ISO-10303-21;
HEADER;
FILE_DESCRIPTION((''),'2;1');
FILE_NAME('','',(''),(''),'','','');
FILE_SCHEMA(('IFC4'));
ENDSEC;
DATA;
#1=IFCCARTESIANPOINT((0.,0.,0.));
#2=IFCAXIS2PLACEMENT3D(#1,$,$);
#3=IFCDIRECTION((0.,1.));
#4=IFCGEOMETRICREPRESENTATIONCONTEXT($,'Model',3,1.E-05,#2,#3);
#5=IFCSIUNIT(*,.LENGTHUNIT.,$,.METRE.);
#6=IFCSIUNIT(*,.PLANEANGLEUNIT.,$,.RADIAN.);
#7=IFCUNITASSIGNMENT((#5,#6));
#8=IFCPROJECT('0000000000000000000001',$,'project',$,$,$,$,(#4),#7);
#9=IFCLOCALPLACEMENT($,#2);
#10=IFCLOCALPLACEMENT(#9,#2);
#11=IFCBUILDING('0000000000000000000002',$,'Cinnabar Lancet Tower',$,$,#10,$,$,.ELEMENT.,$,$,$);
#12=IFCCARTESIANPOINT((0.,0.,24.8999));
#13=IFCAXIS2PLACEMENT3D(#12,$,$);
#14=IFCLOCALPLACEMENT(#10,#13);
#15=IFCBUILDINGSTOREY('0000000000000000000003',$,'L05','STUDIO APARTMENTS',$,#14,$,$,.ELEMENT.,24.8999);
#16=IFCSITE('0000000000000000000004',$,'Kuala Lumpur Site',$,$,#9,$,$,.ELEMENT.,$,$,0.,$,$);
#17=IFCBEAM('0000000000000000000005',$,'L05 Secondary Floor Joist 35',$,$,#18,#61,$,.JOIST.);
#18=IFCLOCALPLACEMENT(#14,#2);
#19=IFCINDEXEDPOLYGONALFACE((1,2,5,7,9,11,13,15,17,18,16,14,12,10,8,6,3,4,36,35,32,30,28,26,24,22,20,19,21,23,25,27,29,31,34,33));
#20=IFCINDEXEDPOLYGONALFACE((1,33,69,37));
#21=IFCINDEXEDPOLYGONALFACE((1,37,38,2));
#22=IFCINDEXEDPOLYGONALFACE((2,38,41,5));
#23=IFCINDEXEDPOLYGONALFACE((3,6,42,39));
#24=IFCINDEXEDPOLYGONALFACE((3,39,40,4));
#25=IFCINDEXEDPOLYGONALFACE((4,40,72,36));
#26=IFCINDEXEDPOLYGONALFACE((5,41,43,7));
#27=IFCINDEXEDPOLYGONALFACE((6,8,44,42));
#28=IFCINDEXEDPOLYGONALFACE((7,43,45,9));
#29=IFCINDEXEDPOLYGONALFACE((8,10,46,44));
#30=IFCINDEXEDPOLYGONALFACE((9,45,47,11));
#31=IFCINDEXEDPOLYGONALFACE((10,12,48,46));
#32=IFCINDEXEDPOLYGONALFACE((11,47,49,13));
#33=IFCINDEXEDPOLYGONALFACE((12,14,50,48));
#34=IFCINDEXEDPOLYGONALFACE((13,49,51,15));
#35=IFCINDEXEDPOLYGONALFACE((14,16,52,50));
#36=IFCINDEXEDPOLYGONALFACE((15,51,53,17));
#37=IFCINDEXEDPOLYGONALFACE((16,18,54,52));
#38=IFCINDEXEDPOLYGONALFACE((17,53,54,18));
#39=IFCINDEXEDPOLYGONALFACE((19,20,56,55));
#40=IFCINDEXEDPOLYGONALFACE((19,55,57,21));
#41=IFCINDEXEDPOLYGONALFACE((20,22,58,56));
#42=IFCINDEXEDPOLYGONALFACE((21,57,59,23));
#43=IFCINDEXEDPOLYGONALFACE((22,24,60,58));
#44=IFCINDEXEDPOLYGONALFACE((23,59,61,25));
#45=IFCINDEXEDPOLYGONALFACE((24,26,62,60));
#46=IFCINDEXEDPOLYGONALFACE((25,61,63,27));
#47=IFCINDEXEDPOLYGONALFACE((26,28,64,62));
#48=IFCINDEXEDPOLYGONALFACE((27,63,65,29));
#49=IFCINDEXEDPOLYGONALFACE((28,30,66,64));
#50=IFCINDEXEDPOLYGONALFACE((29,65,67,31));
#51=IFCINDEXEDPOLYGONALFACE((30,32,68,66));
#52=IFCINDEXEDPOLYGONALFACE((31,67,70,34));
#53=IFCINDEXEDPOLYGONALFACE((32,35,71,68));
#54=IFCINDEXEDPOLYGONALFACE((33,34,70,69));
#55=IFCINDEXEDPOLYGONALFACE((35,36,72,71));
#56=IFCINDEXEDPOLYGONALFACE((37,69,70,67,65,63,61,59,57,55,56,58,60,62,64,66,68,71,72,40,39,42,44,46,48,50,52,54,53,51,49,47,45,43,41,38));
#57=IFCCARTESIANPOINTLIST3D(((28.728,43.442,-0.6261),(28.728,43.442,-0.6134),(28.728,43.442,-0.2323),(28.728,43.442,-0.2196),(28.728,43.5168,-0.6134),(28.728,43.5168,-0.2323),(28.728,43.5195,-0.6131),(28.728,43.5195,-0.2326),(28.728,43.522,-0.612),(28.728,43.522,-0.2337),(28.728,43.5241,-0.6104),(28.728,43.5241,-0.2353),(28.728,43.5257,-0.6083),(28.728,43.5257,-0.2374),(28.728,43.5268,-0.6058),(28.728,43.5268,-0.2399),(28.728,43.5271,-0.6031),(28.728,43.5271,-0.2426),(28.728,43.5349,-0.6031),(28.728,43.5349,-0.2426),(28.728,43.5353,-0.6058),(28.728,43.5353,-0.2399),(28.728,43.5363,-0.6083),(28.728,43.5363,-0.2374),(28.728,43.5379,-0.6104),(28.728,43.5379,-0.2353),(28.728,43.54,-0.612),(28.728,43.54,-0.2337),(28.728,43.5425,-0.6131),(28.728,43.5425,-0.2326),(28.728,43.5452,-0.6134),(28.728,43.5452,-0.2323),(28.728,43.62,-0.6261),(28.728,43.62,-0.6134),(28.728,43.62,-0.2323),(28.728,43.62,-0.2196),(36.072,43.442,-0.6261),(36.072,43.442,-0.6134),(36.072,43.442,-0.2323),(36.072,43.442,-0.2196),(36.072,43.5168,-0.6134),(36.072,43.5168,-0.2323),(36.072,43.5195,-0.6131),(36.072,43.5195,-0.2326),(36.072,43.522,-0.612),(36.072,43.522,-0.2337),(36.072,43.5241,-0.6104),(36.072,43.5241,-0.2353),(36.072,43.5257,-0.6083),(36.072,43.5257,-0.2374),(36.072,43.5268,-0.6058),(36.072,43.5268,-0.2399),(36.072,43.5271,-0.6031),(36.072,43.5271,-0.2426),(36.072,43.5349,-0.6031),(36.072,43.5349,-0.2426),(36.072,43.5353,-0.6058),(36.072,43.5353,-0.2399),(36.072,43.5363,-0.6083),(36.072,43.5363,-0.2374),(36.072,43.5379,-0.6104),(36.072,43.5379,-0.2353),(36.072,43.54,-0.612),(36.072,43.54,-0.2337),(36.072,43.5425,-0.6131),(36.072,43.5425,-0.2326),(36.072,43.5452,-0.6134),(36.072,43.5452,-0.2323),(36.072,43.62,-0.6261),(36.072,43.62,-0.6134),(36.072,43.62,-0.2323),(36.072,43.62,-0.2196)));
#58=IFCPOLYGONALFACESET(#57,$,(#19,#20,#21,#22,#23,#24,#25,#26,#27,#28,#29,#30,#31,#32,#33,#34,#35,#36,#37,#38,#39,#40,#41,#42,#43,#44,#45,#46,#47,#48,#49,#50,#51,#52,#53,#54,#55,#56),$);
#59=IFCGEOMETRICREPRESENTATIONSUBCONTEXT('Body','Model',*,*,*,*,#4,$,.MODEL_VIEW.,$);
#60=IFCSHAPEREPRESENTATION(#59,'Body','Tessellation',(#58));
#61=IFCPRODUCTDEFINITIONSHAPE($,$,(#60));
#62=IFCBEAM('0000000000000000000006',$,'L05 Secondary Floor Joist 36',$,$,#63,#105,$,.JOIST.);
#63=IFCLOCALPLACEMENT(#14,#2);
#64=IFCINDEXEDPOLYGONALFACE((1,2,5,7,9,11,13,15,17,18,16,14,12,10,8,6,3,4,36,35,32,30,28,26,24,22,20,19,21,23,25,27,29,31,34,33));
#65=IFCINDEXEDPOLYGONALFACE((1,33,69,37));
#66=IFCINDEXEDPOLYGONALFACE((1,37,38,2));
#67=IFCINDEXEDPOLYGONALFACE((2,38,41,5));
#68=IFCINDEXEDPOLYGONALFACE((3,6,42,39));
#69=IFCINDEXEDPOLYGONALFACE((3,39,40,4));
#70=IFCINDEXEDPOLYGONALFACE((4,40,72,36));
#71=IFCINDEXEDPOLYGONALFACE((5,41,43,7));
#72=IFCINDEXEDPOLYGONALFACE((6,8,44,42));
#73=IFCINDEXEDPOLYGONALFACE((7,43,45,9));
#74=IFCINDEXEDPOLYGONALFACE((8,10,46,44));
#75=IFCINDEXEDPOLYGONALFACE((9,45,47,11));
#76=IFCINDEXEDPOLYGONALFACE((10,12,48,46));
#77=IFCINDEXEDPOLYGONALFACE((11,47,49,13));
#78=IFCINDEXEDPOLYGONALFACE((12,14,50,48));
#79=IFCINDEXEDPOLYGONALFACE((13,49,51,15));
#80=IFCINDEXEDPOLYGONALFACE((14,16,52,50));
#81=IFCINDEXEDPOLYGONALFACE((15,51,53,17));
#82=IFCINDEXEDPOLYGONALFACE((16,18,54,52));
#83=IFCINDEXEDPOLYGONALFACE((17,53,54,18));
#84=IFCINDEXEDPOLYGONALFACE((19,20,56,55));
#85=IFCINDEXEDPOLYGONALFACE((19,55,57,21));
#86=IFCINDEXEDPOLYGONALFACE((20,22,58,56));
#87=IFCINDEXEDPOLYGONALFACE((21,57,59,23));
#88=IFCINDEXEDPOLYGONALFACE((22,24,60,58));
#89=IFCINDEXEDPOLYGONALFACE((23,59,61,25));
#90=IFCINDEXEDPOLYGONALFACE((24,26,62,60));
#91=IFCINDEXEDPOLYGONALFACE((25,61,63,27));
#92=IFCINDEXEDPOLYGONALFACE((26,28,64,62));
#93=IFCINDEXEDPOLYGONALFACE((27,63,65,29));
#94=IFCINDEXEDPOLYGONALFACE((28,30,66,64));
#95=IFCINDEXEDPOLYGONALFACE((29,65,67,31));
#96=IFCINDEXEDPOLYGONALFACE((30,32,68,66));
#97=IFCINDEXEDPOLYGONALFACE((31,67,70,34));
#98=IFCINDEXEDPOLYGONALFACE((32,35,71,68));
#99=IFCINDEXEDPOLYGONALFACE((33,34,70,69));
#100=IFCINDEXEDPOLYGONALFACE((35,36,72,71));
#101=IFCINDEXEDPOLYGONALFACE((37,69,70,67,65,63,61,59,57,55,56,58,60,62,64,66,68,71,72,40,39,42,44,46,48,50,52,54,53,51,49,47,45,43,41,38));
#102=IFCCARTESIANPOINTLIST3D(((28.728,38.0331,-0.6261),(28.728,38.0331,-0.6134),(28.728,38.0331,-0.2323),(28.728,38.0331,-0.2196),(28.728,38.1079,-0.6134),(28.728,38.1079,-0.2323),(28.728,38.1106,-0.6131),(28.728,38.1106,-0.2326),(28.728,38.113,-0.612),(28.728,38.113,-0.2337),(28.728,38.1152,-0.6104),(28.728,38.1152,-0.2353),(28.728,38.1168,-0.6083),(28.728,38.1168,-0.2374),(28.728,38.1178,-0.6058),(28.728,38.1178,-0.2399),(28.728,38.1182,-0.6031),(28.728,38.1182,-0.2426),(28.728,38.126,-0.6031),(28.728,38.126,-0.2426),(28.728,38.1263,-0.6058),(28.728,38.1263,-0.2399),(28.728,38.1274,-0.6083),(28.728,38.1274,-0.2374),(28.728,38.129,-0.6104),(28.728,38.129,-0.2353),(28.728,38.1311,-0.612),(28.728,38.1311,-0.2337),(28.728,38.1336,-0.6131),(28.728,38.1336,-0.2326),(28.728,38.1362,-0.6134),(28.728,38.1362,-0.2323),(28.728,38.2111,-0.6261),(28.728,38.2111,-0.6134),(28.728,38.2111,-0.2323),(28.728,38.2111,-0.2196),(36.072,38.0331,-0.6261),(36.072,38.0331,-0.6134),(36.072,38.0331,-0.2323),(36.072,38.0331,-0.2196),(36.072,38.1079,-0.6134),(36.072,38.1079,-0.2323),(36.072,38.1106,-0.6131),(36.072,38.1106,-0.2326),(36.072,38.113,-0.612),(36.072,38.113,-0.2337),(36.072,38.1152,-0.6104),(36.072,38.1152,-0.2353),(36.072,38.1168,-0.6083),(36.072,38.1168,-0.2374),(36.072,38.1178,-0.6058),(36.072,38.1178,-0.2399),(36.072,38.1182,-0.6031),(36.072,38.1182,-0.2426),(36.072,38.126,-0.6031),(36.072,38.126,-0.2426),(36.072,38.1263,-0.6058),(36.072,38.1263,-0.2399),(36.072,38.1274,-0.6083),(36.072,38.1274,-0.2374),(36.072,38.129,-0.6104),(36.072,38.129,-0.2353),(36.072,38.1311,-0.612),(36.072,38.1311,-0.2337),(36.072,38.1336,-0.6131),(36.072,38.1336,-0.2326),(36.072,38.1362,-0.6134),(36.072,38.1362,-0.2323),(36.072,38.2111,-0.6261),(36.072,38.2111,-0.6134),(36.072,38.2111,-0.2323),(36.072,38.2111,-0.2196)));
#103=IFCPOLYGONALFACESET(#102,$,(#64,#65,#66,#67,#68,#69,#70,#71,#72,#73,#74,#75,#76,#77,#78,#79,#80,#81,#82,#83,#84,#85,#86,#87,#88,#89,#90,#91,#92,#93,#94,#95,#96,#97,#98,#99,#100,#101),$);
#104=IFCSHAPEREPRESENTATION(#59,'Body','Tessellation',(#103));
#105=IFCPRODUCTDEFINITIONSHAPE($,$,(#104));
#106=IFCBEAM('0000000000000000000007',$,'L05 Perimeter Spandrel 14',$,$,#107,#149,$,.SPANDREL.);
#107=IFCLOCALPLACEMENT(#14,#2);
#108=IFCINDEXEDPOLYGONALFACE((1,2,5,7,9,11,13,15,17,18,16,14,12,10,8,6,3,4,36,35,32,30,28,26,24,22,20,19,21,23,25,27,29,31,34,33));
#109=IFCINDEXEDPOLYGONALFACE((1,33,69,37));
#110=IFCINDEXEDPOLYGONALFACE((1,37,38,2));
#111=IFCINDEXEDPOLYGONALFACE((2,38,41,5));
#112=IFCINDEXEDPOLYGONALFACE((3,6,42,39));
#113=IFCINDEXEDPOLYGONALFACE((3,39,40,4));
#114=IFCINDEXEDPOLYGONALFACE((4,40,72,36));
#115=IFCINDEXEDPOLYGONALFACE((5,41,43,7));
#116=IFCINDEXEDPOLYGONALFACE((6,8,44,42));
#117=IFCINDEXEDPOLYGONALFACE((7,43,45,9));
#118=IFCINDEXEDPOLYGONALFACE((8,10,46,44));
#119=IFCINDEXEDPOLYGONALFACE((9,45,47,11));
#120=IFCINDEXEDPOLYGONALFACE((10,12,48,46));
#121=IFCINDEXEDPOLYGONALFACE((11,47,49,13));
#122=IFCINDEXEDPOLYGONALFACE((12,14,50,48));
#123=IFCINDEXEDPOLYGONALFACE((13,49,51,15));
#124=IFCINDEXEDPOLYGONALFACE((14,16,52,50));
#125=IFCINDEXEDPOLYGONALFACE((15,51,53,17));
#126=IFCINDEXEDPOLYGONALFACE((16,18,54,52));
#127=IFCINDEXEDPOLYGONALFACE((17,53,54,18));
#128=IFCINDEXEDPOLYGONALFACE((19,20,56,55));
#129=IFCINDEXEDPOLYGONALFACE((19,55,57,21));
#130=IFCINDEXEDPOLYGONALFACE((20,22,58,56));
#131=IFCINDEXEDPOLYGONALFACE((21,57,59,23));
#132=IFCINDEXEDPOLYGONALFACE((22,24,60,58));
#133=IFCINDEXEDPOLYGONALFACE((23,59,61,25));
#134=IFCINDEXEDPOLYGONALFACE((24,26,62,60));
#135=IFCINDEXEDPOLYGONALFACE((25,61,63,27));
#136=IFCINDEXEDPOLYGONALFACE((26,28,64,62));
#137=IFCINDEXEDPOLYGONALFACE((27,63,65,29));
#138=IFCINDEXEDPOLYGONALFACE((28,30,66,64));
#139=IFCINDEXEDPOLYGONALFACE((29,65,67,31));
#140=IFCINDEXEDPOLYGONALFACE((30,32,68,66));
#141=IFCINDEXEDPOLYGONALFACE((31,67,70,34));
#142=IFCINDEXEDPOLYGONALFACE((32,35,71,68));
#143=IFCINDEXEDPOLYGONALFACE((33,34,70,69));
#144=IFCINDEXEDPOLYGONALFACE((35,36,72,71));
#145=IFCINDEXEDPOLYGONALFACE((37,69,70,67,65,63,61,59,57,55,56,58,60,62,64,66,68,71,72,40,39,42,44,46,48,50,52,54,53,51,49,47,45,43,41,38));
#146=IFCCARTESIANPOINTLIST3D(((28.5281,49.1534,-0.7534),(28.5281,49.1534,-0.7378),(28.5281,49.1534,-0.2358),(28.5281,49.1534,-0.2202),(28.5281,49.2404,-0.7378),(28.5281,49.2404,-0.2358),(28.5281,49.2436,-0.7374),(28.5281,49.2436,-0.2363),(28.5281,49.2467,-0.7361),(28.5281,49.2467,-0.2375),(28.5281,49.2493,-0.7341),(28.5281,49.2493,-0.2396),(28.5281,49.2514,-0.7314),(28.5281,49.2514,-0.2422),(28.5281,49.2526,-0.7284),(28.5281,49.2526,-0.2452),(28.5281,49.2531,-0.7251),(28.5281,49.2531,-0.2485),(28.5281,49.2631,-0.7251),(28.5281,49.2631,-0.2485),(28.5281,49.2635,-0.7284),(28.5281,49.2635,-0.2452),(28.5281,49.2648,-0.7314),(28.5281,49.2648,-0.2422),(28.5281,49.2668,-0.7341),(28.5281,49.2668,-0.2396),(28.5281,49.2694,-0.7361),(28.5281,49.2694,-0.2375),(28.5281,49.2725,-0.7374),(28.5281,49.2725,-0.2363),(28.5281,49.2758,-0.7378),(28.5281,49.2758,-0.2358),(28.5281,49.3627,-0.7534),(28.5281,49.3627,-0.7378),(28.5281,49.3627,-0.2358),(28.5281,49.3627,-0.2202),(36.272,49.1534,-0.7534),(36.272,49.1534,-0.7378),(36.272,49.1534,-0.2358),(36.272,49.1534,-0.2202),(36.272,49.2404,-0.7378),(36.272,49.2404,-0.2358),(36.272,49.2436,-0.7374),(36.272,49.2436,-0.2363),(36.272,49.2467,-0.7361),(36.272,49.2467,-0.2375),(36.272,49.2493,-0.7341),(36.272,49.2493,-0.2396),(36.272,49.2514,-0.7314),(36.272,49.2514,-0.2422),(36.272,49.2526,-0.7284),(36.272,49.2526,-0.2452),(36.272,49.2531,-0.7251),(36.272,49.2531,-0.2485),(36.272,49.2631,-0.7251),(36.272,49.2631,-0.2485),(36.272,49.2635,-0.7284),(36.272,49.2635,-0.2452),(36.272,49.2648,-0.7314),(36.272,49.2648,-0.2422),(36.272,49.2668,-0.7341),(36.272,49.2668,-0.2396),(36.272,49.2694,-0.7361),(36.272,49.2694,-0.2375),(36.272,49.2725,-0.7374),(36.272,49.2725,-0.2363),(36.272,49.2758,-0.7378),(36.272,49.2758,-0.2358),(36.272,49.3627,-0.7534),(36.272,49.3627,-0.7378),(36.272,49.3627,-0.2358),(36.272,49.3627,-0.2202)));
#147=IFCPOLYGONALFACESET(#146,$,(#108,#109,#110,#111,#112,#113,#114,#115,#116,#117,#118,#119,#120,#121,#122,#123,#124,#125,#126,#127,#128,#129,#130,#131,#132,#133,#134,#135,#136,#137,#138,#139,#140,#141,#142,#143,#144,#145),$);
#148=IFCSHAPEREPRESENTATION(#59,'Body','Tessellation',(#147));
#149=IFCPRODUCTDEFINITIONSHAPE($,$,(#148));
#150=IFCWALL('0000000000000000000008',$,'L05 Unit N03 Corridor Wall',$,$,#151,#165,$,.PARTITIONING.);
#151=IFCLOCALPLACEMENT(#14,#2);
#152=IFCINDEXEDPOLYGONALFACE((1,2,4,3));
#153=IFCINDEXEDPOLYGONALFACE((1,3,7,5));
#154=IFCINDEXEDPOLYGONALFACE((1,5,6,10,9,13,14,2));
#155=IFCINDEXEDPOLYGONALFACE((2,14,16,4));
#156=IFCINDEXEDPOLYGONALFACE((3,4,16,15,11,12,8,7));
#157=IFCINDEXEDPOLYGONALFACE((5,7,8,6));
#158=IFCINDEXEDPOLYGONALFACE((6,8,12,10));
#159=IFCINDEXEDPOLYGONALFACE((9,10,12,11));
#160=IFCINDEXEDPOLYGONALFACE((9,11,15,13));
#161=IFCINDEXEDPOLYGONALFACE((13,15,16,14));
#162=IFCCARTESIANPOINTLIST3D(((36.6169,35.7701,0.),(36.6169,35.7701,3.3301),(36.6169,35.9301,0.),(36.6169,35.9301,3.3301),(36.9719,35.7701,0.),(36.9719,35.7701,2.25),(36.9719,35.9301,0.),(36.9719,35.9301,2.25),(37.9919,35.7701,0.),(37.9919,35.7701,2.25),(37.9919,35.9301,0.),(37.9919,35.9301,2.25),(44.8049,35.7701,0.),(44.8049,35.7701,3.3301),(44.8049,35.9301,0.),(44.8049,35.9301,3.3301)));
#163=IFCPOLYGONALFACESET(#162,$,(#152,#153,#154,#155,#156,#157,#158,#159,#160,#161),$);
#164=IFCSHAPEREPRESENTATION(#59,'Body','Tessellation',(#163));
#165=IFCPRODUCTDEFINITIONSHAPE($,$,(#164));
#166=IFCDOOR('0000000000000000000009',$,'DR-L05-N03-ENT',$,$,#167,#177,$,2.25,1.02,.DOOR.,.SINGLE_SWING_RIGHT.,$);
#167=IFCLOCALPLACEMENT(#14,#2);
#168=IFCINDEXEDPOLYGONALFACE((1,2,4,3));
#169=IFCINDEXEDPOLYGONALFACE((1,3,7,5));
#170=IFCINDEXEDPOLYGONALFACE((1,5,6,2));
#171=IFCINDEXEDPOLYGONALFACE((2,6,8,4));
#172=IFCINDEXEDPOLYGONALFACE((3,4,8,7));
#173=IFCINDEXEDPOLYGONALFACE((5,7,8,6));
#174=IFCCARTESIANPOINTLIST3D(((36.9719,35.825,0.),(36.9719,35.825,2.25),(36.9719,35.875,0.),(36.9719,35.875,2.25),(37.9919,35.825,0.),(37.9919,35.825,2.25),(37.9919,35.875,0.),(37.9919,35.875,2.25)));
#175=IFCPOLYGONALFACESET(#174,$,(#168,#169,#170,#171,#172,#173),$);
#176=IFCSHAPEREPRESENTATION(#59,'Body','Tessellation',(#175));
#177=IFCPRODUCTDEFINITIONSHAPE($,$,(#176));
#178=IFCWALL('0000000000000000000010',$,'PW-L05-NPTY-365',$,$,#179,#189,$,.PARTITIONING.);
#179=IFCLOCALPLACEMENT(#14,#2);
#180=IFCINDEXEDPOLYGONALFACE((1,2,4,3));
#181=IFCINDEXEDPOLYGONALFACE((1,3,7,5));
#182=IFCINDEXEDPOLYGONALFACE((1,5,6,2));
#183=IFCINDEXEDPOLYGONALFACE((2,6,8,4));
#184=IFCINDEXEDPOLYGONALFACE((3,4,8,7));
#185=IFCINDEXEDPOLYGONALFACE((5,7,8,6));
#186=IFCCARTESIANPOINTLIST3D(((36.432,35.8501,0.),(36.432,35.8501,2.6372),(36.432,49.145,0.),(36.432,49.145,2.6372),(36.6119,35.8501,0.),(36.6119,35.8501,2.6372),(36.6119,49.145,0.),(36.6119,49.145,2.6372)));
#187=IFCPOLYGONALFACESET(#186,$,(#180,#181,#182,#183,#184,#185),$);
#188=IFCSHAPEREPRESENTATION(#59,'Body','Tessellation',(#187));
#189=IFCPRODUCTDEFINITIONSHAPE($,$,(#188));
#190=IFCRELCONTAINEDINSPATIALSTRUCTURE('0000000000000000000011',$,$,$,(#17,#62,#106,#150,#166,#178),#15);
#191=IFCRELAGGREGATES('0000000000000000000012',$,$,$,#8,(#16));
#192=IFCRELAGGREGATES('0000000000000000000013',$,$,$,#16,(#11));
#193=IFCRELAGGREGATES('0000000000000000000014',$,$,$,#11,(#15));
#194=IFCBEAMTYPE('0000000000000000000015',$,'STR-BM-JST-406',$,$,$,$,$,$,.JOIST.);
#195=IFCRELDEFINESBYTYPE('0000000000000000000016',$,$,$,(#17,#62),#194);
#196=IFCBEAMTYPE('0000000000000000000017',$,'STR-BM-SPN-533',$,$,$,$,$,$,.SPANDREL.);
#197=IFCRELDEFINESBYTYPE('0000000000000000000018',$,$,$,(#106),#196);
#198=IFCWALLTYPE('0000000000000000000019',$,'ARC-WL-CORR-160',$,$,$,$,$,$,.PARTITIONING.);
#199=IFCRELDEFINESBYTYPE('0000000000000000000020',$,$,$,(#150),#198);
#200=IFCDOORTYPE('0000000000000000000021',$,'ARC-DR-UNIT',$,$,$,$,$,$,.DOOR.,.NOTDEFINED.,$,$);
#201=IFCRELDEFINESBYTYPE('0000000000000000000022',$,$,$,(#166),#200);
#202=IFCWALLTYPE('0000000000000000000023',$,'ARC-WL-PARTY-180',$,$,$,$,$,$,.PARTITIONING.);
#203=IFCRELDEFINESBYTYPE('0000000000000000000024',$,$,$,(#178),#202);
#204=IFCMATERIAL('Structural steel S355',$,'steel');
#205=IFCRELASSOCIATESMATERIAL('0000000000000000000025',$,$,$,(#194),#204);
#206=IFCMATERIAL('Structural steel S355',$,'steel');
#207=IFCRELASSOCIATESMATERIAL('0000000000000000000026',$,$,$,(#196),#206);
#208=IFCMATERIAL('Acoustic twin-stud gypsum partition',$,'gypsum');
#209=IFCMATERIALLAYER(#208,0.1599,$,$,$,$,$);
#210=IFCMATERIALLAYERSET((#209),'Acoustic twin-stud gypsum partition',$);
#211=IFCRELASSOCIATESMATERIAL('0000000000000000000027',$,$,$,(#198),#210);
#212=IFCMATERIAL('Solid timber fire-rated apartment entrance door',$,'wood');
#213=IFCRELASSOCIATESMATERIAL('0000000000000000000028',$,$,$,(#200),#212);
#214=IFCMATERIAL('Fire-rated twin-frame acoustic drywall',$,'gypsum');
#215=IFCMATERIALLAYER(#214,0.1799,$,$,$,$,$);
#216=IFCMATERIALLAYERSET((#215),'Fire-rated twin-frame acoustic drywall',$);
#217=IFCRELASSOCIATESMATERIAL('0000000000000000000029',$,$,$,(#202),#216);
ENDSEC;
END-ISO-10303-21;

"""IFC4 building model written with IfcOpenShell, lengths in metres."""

from ifc_helpers import new_model, si_unit, direction, frame, frame_2d, origin, origin_2d, place, context, subcontext, project, spatial, rectangle, i_section, extrude, material, layer, layer_set, material_profile, profile_set, type_object, element, fill, save


model = new_model("IFC4")

# Units and contexts
model_context = context("Model", 3, precision=1e-05, world=origin(), true_north=direction((0.0, 1.0)))
body_context = subcontext(model_context, "Body", "Model", "MODEL_VIEW")
ifc_project = project(units=[si_unit("LENGTHUNIT", "METRE"), si_unit("PLANEANGLEUNIT", "RADIAN")], contexts=[model_context])

# Site, building, storey
site_placement = place(None, origin())
site = spatial("IfcSite", under=ifc_project, at=site_placement, Name="Kuala Lumpur Site", CompositionType="ELEMENT", RefElevation=0.0)
building_placement = place(site_placement, origin())
building = spatial("IfcBuilding", under=site, at=building_placement, Name="Cinnabar Lancet Tower", CompositionType="ELEMENT")
storey_placement = place(building_placement, frame((0.0, 0.0, 24.8999)))
storey = spatial("IfcBuildingStorey", under=building, at=storey_placement, Name="L05", Description="STUDIO APARTMENTS", CompositionType="ELEMENT", Elevation=24.8999)

# Beams
ifc_material_1 = material(Name="Structural steel S355", Category="steel")
ifc_material_profile_1 = material_profile(ifc_material_1, i_section(OverallWidth=0.178, OverallDepth=0.4065, WebThickness=0.0078, FlangeThickness=0.0127, FilletRadius=0.0103, at=origin_2d()), Name="UKB 406x178x60")
ifc_profile_set_1 = profile_set([ifc_material_profile_1], Name="Structural steel S355")
beam_type_1 = type_object("IfcBeamType", Name="STR-BM-JST-406", PredefinedType="JOIST", material=ifc_profile_set_1)
for number, where, z_axis, x_axis, name in (
    (1, (36.072, 43.531, -0.4229), (-1.0, 0.0, 0.0), (0.0, -1.0, 0.0), "L05 Secondary Floor Joist 35"),
    (2, (36.072, 38.1221, -0.4229), (-1.0, 0.0, 0.0), (0.0, -1.0, 0.0), "L05 Secondary Floor Joist 36"),
):
    element("IfcBeam", number, at=place(storey_placement, frame(where, z_axis=z_axis, x_axis=x_axis)), inside=storey, type_object=beam_type_1, Name=name, PredefinedType="JOIST", context=body_context, shape_type="SweptSolid", body=[
        extrude(i_section(OverallWidth=0.178, OverallDepth=0.4065, WebThickness=0.0078, FlangeThickness=0.0127, FilletRadius=0.0103, at=origin_2d()), origin(), (0.0, 0.0, 1.0), 7.344),
    ])
ifc_material_2 = material(Name="Structural steel S355", Category="steel")
ifc_material_profile_2 = material_profile(ifc_material_2, i_section(OverallWidth=0.2092, OverallDepth=0.5332, WebThickness=0.01, FlangeThickness=0.0156, FilletRadius=0.0127, at=origin_2d()), Name="UKB 533x210x92")
ifc_profile_set_2 = profile_set([ifc_material_profile_2], Name="Structural steel S355")
beam_type_2 = type_object("IfcBeamType", Name="STR-BM-SPN-533", PredefinedType="SPANDREL", material=ifc_profile_set_2)
beam_1_placement = place(storey_placement, frame((36.272, 49.2581, -0.4868), z_axis=(-1.0, 0.0, 0.0), x_axis=(0.0, -1.0, 0.0)))
element("IfcBeam", 3, at=beam_1_placement, inside=storey, type_object=beam_type_2, Name="L05 Perimeter Spandrel 14", PredefinedType="SPANDREL", context=body_context, shape_type="SweptSolid", body=[
    extrude(i_section(OverallWidth=0.2092, OverallDepth=0.5332, WebThickness=0.01, FlangeThickness=0.0156, FilletRadius=0.0127, at=origin_2d()), origin(), (0.0, 0.0, 1.0), 7.7439),
])

# Wall, opening, door
ifc_material_3 = material(Name="Acoustic twin-stud gypsum partition", Category="gypsum")
ifc_layer_1 = layer(ifc_material_3, 0.1599)
ifc_layer_set_1 = layer_set([ifc_layer_1], Name="Acoustic twin-stud gypsum partition")
wall_type_1 = type_object("IfcWallType", Name="ARC-WL-CORR-160", PredefinedType="PARTITIONING", material=ifc_layer_set_1)
wall_1_placement = place(storey_placement, frame((36.6169, 35.8501, 0.0), z_axis=(0.0, 0.0, 1.0), x_axis=(1.0, 0.0, 0.0)))
wall_1 = element("IfcWall", 4, at=wall_1_placement, inside=storey, type_object=wall_type_1, Name="L05 Unit N03 Corridor Wall", PredefinedType="PARTITIONING", context=body_context, shape_type="SweptSolid", body=[
    extrude(rectangle(XDim=8.188, YDim=0.1599, at=frame_2d((4.094, 0.0))), origin(), (0.0, 0.0, 1.0), 3.3301),
])
opening_1_placement = place(wall_1_placement, frame((0.355, 0.0, 0.0)))
opening_1 = element("IfcOpeningElement", 5, at=opening_1_placement, cuts=wall_1, PredefinedType="OPENING", context=body_context, shape_type="SweptSolid", body=[
    extrude(rectangle(XDim=1.02, YDim=2.25, at=frame_2d((0.51, 1.125))), frame((0.0, 0.0898, 0.0), z_axis=(0.0, -1.0, 0.0), x_axis=(1.0, 0.0, 0.0)), (0.0, 0.0, 1.0), 0.1799),
])
ifc_material_4 = material(Name="Solid timber fire-rated apartment entrance door", Category="wood")
door_type_1 = type_object("IfcDoorType", Name="ARC-DR-UNIT", OperationType="NOTDEFINED", PredefinedType="DOOR", material=ifc_material_4)
door_1_placement = place(opening_1_placement, origin())
door_1 = element("IfcDoor", 6, at=door_1_placement, inside=storey, type_object=door_type_1, Name="DR-L05-N03-ENT", OperationType="SINGLE_SWING_RIGHT", OverallHeight=2.25, OverallWidth=1.02, PredefinedType="DOOR", context=body_context, shape_type="SweptSolid", body=[
    extrude(rectangle(XDim=1.02, YDim=2.25, at=frame_2d((0.51, 1.125))), frame((0.0, 0.0249, 0.0), z_axis=(0.0, -1.0, 0.0), x_axis=(1.0, 0.0, 0.0)), (0.0, 0.0, 1.0), 0.05),
])
fill(opening_1, door_1)

# Wall
ifc_material_5 = material(Name="Fire-rated twin-frame acoustic drywall", Category="gypsum")
ifc_layer_2 = layer(ifc_material_5, 0.1799)
ifc_layer_set_2 = layer_set([ifc_layer_2], Name="Fire-rated twin-frame acoustic drywall")
wall_type_2 = type_object("IfcWallType", Name="ARC-WL-PARTY-180", PredefinedType="PARTITIONING", material=ifc_layer_set_2)
wall_2_placement = place(storey_placement, frame((36.522, 35.8501, 0.0), z_axis=(0.0, 0.0, 1.0), x_axis=(0.0, 1.0, 0.0)))
element("IfcWall", 7, at=wall_2_placement, inside=storey, type_object=wall_type_2, Name="PW-L05-NPTY-365", PredefinedType="PARTITIONING", context=body_context, shape_type="SweptSolid", body=[
    extrude(rectangle(XDim=13.2949, YDim=0.1799, at=frame_2d((6.6475, 0.0))), origin(), (0.0, 0.0, 1.0), 2.6372),
])

save(model, "model.ifc")
